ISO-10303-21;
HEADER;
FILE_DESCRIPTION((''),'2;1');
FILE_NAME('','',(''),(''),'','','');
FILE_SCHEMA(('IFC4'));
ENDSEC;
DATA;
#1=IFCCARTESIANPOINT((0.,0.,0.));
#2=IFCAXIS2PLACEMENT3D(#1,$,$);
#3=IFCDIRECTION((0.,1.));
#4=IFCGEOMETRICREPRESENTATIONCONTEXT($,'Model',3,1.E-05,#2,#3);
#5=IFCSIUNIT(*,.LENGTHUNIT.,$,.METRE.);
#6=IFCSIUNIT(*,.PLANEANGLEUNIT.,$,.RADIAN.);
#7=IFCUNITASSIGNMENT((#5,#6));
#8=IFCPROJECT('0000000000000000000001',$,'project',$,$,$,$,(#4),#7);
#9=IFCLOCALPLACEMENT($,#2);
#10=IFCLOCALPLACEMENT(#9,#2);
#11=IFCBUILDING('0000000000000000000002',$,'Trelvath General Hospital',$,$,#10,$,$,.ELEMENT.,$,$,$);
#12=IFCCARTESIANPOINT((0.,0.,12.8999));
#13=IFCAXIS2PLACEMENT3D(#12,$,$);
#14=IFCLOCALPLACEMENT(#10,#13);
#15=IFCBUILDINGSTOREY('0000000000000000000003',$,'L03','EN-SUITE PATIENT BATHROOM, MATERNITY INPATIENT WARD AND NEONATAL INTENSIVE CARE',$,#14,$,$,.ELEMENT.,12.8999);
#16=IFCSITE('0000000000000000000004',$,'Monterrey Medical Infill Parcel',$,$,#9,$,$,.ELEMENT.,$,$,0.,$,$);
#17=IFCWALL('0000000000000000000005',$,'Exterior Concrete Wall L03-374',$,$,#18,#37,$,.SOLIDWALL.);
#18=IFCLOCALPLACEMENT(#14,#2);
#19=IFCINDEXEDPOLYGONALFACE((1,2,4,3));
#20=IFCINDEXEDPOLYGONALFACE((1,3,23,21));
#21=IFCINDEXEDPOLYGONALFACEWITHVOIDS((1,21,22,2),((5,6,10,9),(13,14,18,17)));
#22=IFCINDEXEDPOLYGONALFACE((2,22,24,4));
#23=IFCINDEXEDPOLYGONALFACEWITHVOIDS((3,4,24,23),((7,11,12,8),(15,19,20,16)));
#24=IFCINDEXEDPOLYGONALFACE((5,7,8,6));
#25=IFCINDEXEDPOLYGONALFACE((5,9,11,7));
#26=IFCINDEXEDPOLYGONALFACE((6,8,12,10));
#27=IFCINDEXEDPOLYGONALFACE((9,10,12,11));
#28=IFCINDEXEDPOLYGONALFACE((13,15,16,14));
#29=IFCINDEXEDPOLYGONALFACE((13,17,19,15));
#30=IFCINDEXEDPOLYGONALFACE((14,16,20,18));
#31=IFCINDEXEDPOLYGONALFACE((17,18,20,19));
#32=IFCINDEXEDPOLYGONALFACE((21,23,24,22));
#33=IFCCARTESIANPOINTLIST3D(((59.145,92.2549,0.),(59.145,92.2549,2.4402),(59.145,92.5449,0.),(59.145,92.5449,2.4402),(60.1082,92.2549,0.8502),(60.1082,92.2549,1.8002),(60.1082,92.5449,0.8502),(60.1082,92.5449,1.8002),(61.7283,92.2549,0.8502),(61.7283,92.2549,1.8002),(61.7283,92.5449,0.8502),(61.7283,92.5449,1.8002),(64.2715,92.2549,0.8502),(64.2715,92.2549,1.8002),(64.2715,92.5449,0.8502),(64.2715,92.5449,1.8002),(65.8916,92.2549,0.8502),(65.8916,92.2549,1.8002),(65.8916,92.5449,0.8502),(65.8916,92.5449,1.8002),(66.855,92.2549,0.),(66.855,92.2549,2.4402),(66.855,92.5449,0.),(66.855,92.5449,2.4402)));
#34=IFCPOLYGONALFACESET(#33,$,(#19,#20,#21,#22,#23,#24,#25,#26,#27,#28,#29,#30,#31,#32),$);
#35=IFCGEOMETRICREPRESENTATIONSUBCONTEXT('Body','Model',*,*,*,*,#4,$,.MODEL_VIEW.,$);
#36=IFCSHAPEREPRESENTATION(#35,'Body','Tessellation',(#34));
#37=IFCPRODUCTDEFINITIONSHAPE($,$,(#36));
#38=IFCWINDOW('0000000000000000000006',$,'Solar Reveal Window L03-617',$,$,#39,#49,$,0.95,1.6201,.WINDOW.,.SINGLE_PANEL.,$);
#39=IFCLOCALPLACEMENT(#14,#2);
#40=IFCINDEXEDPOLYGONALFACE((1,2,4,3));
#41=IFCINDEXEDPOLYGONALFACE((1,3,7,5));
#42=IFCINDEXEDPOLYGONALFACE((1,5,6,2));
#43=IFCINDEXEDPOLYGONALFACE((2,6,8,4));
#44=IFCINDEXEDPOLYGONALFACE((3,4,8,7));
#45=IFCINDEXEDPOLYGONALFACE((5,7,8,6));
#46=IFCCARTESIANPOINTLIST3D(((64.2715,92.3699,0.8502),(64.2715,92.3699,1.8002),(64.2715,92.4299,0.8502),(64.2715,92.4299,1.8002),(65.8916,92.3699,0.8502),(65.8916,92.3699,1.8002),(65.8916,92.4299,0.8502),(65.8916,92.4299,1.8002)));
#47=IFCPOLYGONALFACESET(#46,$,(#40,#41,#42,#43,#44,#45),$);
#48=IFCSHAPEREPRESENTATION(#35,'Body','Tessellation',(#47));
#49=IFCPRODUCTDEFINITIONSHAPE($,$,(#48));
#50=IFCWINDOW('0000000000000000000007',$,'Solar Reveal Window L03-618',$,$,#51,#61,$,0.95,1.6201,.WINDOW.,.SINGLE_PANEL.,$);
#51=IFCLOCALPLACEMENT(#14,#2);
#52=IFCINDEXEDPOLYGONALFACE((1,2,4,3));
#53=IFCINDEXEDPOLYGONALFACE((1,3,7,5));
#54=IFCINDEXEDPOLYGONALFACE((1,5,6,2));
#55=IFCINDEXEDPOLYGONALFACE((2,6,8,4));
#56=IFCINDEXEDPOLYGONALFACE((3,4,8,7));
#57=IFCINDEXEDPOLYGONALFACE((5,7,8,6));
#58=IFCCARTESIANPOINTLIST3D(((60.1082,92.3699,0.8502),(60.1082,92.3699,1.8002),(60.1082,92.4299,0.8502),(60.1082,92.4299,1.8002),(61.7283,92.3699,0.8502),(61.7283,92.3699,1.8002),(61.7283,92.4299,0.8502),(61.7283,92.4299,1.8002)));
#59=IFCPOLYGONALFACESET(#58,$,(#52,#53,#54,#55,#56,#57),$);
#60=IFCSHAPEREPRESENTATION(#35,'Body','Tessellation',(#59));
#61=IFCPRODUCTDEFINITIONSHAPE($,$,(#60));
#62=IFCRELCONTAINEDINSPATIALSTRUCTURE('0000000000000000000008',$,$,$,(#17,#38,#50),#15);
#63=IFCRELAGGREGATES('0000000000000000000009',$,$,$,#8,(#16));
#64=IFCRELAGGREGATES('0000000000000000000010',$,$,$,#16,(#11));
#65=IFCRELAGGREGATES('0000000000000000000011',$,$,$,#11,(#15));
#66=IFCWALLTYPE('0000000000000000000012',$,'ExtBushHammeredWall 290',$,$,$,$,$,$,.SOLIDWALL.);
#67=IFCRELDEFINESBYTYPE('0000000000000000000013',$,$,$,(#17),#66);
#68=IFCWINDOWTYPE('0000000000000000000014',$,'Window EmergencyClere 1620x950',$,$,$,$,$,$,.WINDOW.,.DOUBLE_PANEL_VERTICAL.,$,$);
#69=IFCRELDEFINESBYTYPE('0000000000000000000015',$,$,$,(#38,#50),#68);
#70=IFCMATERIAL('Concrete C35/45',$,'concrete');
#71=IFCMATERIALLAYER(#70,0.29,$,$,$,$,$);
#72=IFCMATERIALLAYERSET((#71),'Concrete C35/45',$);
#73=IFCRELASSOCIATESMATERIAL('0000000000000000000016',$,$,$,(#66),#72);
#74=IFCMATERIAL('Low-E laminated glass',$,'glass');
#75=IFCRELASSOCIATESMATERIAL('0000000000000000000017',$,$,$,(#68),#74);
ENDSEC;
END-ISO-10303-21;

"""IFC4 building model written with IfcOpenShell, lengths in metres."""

from ifc_helpers import new_model, si_unit, direction, frame, frame_2d, origin, place, context, subcontext, project, spatial, rectangle, extrude, material, layer, layer_set, type_object, element, fill, save


model = new_model("IFC4")

# Units and contexts
model_context = context("Model", 3, precision=1e-05, world=origin(), true_north=direction((0.0, 1.0)))
body_context = subcontext(model_context, "Body", "Model", "MODEL_VIEW")
ifc_project = project(units=[si_unit("LENGTHUNIT", "METRE"), si_unit("PLANEANGLEUNIT", "RADIAN")], contexts=[model_context])

# Site, building, storey
site_placement = place(None, origin())
site = spatial("IfcSite", under=ifc_project, at=site_placement, Name="Monterrey Medical Infill Parcel", CompositionType="ELEMENT", RefElevation=0.0)
building_placement = place(site_placement, origin())
building = spatial("IfcBuilding", under=site, at=building_placement, Name="Trelvath General Hospital", CompositionType="ELEMENT")
storey_placement = place(building_placement, frame((0.0, 0.0, 12.8999)))
storey = spatial("IfcBuildingStorey", under=building, at=storey_placement, Name="L03", Description="EN-SUITE PATIENT BATHROOM, MATERNITY INPATIENT WARD AND NEONATAL INTENSIVE CARE", CompositionType="ELEMENT", Elevation=12.8999)

# Wall, openings, windows
ifc_material_1 = material(Name="Concrete C35/45", Category="concrete")
ifc_layer_1 = layer(ifc_material_1, 0.29)
ifc_layer_set_1 = layer_set([ifc_layer_1], Name="Concrete C35/45")
wall_type_1 = type_object("IfcWallType", Name="ExtBushHammeredWall 290", PredefinedType="SOLIDWALL", material=ifc_layer_set_1)
wall_1_placement = place(storey_placement, frame((66.855, 92.3999, 0.0), z_axis=(0.0, 0.0, 1.0), x_axis=(-1.0, 0.0, 0.0)))
wall_1 = element("IfcWall", 1, at=wall_1_placement, inside=storey, type_object=wall_type_1, Name="Exterior Concrete Wall L03-374", PredefinedType="SOLIDWALL", context=body_context, shape_type="SweptSolid", body=[
    extrude(rectangle(XDim=7.71, YDim=0.29, at=frame_2d((3.855, 0.0))), origin(), (0.0, 0.0, 1.0), 2.4402),
])
opening_1_placement = place(wall_1_placement, frame((0.9634, 0.0, 0.8501)))
opening_1 = element("IfcOpeningElement", 2, at=opening_1_placement, cuts=wall_1, PredefinedType="OPENING", context=body_context, shape_type="SweptSolid", body=[
    extrude(rectangle(XDim=1.6201, YDim=0.95, at=frame_2d((0.8101, 0.4751))), frame((0.0, 0.155, 0.0), z_axis=(0.0, -1.0, 0.0), x_axis=(1.0, 0.0, 0.0)), (0.0, 0.0, 1.0), 0.3101),
])
opening_2_placement = place(wall_1_placement, frame((5.1267, 0.0, 0.8501)))
opening_2 = element("IfcOpeningElement", 3, at=opening_2_placement, cuts=wall_1, PredefinedType="OPENING", context=body_context, shape_type="SweptSolid", body=[
    extrude(rectangle(XDim=1.6201, YDim=0.95, at=frame_2d((0.8101, 0.4751))), frame((0.0, 0.155, 0.0), z_axis=(0.0, -1.0, 0.0), x_axis=(1.0, 0.0, 0.0)), (0.0, 0.0, 1.0), 0.3101),
])
ifc_material_2 = material(Name="Low-E laminated glass", Category="glass")
window_type_1 = type_object("IfcWindowType", Name="Window EmergencyClere 1620x950", PartitioningType="DOUBLE_PANEL_VERTICAL", PredefinedType="WINDOW", material=ifc_material_2)
window_1_placement = place(opening_1_placement, origin())
window_1 = element("IfcWindow", 4, at=window_1_placement, inside=storey, type_object=window_type_1, Name="Solar Reveal Window L03-617", OverallHeight=0.95, OverallWidth=1.6201, PartitioningType="SINGLE_PANEL", PredefinedType="WINDOW", context=body_context, shape_type="SweptSolid", body=[
    extrude(rectangle(XDim=1.6201, YDim=0.95, at=frame_2d((0.8101, 0.4751))), frame((0.0, 0.03, 0.0), z_axis=(0.0, -1.0, 0.0), x_axis=(1.0, 0.0, 0.0)), (0.0, 0.0, 1.0), 0.0601),
])
fill(opening_1, window_1)
window_2_placement = place(opening_2_placement, origin())
window_2 = element("IfcWindow", 5, at=window_2_placement, inside=storey, type_object=window_type_1, Name="Solar Reveal Window L03-618", OverallHeight=0.95, OverallWidth=1.6201, PartitioningType="SINGLE_PANEL", PredefinedType="WINDOW", context=body_context, shape_type="SweptSolid", body=[
    extrude(rectangle(XDim=1.6201, YDim=0.95, at=frame_2d((0.8101, 0.4751))), frame((0.0, 0.03, 0.0), z_axis=(0.0, -1.0, 0.0), x_axis=(1.0, 0.0, 0.0)), (0.0, 0.0, 1.0), 0.0601),
])
fill(opening_2, window_2)

save(model, "model.ifc")
